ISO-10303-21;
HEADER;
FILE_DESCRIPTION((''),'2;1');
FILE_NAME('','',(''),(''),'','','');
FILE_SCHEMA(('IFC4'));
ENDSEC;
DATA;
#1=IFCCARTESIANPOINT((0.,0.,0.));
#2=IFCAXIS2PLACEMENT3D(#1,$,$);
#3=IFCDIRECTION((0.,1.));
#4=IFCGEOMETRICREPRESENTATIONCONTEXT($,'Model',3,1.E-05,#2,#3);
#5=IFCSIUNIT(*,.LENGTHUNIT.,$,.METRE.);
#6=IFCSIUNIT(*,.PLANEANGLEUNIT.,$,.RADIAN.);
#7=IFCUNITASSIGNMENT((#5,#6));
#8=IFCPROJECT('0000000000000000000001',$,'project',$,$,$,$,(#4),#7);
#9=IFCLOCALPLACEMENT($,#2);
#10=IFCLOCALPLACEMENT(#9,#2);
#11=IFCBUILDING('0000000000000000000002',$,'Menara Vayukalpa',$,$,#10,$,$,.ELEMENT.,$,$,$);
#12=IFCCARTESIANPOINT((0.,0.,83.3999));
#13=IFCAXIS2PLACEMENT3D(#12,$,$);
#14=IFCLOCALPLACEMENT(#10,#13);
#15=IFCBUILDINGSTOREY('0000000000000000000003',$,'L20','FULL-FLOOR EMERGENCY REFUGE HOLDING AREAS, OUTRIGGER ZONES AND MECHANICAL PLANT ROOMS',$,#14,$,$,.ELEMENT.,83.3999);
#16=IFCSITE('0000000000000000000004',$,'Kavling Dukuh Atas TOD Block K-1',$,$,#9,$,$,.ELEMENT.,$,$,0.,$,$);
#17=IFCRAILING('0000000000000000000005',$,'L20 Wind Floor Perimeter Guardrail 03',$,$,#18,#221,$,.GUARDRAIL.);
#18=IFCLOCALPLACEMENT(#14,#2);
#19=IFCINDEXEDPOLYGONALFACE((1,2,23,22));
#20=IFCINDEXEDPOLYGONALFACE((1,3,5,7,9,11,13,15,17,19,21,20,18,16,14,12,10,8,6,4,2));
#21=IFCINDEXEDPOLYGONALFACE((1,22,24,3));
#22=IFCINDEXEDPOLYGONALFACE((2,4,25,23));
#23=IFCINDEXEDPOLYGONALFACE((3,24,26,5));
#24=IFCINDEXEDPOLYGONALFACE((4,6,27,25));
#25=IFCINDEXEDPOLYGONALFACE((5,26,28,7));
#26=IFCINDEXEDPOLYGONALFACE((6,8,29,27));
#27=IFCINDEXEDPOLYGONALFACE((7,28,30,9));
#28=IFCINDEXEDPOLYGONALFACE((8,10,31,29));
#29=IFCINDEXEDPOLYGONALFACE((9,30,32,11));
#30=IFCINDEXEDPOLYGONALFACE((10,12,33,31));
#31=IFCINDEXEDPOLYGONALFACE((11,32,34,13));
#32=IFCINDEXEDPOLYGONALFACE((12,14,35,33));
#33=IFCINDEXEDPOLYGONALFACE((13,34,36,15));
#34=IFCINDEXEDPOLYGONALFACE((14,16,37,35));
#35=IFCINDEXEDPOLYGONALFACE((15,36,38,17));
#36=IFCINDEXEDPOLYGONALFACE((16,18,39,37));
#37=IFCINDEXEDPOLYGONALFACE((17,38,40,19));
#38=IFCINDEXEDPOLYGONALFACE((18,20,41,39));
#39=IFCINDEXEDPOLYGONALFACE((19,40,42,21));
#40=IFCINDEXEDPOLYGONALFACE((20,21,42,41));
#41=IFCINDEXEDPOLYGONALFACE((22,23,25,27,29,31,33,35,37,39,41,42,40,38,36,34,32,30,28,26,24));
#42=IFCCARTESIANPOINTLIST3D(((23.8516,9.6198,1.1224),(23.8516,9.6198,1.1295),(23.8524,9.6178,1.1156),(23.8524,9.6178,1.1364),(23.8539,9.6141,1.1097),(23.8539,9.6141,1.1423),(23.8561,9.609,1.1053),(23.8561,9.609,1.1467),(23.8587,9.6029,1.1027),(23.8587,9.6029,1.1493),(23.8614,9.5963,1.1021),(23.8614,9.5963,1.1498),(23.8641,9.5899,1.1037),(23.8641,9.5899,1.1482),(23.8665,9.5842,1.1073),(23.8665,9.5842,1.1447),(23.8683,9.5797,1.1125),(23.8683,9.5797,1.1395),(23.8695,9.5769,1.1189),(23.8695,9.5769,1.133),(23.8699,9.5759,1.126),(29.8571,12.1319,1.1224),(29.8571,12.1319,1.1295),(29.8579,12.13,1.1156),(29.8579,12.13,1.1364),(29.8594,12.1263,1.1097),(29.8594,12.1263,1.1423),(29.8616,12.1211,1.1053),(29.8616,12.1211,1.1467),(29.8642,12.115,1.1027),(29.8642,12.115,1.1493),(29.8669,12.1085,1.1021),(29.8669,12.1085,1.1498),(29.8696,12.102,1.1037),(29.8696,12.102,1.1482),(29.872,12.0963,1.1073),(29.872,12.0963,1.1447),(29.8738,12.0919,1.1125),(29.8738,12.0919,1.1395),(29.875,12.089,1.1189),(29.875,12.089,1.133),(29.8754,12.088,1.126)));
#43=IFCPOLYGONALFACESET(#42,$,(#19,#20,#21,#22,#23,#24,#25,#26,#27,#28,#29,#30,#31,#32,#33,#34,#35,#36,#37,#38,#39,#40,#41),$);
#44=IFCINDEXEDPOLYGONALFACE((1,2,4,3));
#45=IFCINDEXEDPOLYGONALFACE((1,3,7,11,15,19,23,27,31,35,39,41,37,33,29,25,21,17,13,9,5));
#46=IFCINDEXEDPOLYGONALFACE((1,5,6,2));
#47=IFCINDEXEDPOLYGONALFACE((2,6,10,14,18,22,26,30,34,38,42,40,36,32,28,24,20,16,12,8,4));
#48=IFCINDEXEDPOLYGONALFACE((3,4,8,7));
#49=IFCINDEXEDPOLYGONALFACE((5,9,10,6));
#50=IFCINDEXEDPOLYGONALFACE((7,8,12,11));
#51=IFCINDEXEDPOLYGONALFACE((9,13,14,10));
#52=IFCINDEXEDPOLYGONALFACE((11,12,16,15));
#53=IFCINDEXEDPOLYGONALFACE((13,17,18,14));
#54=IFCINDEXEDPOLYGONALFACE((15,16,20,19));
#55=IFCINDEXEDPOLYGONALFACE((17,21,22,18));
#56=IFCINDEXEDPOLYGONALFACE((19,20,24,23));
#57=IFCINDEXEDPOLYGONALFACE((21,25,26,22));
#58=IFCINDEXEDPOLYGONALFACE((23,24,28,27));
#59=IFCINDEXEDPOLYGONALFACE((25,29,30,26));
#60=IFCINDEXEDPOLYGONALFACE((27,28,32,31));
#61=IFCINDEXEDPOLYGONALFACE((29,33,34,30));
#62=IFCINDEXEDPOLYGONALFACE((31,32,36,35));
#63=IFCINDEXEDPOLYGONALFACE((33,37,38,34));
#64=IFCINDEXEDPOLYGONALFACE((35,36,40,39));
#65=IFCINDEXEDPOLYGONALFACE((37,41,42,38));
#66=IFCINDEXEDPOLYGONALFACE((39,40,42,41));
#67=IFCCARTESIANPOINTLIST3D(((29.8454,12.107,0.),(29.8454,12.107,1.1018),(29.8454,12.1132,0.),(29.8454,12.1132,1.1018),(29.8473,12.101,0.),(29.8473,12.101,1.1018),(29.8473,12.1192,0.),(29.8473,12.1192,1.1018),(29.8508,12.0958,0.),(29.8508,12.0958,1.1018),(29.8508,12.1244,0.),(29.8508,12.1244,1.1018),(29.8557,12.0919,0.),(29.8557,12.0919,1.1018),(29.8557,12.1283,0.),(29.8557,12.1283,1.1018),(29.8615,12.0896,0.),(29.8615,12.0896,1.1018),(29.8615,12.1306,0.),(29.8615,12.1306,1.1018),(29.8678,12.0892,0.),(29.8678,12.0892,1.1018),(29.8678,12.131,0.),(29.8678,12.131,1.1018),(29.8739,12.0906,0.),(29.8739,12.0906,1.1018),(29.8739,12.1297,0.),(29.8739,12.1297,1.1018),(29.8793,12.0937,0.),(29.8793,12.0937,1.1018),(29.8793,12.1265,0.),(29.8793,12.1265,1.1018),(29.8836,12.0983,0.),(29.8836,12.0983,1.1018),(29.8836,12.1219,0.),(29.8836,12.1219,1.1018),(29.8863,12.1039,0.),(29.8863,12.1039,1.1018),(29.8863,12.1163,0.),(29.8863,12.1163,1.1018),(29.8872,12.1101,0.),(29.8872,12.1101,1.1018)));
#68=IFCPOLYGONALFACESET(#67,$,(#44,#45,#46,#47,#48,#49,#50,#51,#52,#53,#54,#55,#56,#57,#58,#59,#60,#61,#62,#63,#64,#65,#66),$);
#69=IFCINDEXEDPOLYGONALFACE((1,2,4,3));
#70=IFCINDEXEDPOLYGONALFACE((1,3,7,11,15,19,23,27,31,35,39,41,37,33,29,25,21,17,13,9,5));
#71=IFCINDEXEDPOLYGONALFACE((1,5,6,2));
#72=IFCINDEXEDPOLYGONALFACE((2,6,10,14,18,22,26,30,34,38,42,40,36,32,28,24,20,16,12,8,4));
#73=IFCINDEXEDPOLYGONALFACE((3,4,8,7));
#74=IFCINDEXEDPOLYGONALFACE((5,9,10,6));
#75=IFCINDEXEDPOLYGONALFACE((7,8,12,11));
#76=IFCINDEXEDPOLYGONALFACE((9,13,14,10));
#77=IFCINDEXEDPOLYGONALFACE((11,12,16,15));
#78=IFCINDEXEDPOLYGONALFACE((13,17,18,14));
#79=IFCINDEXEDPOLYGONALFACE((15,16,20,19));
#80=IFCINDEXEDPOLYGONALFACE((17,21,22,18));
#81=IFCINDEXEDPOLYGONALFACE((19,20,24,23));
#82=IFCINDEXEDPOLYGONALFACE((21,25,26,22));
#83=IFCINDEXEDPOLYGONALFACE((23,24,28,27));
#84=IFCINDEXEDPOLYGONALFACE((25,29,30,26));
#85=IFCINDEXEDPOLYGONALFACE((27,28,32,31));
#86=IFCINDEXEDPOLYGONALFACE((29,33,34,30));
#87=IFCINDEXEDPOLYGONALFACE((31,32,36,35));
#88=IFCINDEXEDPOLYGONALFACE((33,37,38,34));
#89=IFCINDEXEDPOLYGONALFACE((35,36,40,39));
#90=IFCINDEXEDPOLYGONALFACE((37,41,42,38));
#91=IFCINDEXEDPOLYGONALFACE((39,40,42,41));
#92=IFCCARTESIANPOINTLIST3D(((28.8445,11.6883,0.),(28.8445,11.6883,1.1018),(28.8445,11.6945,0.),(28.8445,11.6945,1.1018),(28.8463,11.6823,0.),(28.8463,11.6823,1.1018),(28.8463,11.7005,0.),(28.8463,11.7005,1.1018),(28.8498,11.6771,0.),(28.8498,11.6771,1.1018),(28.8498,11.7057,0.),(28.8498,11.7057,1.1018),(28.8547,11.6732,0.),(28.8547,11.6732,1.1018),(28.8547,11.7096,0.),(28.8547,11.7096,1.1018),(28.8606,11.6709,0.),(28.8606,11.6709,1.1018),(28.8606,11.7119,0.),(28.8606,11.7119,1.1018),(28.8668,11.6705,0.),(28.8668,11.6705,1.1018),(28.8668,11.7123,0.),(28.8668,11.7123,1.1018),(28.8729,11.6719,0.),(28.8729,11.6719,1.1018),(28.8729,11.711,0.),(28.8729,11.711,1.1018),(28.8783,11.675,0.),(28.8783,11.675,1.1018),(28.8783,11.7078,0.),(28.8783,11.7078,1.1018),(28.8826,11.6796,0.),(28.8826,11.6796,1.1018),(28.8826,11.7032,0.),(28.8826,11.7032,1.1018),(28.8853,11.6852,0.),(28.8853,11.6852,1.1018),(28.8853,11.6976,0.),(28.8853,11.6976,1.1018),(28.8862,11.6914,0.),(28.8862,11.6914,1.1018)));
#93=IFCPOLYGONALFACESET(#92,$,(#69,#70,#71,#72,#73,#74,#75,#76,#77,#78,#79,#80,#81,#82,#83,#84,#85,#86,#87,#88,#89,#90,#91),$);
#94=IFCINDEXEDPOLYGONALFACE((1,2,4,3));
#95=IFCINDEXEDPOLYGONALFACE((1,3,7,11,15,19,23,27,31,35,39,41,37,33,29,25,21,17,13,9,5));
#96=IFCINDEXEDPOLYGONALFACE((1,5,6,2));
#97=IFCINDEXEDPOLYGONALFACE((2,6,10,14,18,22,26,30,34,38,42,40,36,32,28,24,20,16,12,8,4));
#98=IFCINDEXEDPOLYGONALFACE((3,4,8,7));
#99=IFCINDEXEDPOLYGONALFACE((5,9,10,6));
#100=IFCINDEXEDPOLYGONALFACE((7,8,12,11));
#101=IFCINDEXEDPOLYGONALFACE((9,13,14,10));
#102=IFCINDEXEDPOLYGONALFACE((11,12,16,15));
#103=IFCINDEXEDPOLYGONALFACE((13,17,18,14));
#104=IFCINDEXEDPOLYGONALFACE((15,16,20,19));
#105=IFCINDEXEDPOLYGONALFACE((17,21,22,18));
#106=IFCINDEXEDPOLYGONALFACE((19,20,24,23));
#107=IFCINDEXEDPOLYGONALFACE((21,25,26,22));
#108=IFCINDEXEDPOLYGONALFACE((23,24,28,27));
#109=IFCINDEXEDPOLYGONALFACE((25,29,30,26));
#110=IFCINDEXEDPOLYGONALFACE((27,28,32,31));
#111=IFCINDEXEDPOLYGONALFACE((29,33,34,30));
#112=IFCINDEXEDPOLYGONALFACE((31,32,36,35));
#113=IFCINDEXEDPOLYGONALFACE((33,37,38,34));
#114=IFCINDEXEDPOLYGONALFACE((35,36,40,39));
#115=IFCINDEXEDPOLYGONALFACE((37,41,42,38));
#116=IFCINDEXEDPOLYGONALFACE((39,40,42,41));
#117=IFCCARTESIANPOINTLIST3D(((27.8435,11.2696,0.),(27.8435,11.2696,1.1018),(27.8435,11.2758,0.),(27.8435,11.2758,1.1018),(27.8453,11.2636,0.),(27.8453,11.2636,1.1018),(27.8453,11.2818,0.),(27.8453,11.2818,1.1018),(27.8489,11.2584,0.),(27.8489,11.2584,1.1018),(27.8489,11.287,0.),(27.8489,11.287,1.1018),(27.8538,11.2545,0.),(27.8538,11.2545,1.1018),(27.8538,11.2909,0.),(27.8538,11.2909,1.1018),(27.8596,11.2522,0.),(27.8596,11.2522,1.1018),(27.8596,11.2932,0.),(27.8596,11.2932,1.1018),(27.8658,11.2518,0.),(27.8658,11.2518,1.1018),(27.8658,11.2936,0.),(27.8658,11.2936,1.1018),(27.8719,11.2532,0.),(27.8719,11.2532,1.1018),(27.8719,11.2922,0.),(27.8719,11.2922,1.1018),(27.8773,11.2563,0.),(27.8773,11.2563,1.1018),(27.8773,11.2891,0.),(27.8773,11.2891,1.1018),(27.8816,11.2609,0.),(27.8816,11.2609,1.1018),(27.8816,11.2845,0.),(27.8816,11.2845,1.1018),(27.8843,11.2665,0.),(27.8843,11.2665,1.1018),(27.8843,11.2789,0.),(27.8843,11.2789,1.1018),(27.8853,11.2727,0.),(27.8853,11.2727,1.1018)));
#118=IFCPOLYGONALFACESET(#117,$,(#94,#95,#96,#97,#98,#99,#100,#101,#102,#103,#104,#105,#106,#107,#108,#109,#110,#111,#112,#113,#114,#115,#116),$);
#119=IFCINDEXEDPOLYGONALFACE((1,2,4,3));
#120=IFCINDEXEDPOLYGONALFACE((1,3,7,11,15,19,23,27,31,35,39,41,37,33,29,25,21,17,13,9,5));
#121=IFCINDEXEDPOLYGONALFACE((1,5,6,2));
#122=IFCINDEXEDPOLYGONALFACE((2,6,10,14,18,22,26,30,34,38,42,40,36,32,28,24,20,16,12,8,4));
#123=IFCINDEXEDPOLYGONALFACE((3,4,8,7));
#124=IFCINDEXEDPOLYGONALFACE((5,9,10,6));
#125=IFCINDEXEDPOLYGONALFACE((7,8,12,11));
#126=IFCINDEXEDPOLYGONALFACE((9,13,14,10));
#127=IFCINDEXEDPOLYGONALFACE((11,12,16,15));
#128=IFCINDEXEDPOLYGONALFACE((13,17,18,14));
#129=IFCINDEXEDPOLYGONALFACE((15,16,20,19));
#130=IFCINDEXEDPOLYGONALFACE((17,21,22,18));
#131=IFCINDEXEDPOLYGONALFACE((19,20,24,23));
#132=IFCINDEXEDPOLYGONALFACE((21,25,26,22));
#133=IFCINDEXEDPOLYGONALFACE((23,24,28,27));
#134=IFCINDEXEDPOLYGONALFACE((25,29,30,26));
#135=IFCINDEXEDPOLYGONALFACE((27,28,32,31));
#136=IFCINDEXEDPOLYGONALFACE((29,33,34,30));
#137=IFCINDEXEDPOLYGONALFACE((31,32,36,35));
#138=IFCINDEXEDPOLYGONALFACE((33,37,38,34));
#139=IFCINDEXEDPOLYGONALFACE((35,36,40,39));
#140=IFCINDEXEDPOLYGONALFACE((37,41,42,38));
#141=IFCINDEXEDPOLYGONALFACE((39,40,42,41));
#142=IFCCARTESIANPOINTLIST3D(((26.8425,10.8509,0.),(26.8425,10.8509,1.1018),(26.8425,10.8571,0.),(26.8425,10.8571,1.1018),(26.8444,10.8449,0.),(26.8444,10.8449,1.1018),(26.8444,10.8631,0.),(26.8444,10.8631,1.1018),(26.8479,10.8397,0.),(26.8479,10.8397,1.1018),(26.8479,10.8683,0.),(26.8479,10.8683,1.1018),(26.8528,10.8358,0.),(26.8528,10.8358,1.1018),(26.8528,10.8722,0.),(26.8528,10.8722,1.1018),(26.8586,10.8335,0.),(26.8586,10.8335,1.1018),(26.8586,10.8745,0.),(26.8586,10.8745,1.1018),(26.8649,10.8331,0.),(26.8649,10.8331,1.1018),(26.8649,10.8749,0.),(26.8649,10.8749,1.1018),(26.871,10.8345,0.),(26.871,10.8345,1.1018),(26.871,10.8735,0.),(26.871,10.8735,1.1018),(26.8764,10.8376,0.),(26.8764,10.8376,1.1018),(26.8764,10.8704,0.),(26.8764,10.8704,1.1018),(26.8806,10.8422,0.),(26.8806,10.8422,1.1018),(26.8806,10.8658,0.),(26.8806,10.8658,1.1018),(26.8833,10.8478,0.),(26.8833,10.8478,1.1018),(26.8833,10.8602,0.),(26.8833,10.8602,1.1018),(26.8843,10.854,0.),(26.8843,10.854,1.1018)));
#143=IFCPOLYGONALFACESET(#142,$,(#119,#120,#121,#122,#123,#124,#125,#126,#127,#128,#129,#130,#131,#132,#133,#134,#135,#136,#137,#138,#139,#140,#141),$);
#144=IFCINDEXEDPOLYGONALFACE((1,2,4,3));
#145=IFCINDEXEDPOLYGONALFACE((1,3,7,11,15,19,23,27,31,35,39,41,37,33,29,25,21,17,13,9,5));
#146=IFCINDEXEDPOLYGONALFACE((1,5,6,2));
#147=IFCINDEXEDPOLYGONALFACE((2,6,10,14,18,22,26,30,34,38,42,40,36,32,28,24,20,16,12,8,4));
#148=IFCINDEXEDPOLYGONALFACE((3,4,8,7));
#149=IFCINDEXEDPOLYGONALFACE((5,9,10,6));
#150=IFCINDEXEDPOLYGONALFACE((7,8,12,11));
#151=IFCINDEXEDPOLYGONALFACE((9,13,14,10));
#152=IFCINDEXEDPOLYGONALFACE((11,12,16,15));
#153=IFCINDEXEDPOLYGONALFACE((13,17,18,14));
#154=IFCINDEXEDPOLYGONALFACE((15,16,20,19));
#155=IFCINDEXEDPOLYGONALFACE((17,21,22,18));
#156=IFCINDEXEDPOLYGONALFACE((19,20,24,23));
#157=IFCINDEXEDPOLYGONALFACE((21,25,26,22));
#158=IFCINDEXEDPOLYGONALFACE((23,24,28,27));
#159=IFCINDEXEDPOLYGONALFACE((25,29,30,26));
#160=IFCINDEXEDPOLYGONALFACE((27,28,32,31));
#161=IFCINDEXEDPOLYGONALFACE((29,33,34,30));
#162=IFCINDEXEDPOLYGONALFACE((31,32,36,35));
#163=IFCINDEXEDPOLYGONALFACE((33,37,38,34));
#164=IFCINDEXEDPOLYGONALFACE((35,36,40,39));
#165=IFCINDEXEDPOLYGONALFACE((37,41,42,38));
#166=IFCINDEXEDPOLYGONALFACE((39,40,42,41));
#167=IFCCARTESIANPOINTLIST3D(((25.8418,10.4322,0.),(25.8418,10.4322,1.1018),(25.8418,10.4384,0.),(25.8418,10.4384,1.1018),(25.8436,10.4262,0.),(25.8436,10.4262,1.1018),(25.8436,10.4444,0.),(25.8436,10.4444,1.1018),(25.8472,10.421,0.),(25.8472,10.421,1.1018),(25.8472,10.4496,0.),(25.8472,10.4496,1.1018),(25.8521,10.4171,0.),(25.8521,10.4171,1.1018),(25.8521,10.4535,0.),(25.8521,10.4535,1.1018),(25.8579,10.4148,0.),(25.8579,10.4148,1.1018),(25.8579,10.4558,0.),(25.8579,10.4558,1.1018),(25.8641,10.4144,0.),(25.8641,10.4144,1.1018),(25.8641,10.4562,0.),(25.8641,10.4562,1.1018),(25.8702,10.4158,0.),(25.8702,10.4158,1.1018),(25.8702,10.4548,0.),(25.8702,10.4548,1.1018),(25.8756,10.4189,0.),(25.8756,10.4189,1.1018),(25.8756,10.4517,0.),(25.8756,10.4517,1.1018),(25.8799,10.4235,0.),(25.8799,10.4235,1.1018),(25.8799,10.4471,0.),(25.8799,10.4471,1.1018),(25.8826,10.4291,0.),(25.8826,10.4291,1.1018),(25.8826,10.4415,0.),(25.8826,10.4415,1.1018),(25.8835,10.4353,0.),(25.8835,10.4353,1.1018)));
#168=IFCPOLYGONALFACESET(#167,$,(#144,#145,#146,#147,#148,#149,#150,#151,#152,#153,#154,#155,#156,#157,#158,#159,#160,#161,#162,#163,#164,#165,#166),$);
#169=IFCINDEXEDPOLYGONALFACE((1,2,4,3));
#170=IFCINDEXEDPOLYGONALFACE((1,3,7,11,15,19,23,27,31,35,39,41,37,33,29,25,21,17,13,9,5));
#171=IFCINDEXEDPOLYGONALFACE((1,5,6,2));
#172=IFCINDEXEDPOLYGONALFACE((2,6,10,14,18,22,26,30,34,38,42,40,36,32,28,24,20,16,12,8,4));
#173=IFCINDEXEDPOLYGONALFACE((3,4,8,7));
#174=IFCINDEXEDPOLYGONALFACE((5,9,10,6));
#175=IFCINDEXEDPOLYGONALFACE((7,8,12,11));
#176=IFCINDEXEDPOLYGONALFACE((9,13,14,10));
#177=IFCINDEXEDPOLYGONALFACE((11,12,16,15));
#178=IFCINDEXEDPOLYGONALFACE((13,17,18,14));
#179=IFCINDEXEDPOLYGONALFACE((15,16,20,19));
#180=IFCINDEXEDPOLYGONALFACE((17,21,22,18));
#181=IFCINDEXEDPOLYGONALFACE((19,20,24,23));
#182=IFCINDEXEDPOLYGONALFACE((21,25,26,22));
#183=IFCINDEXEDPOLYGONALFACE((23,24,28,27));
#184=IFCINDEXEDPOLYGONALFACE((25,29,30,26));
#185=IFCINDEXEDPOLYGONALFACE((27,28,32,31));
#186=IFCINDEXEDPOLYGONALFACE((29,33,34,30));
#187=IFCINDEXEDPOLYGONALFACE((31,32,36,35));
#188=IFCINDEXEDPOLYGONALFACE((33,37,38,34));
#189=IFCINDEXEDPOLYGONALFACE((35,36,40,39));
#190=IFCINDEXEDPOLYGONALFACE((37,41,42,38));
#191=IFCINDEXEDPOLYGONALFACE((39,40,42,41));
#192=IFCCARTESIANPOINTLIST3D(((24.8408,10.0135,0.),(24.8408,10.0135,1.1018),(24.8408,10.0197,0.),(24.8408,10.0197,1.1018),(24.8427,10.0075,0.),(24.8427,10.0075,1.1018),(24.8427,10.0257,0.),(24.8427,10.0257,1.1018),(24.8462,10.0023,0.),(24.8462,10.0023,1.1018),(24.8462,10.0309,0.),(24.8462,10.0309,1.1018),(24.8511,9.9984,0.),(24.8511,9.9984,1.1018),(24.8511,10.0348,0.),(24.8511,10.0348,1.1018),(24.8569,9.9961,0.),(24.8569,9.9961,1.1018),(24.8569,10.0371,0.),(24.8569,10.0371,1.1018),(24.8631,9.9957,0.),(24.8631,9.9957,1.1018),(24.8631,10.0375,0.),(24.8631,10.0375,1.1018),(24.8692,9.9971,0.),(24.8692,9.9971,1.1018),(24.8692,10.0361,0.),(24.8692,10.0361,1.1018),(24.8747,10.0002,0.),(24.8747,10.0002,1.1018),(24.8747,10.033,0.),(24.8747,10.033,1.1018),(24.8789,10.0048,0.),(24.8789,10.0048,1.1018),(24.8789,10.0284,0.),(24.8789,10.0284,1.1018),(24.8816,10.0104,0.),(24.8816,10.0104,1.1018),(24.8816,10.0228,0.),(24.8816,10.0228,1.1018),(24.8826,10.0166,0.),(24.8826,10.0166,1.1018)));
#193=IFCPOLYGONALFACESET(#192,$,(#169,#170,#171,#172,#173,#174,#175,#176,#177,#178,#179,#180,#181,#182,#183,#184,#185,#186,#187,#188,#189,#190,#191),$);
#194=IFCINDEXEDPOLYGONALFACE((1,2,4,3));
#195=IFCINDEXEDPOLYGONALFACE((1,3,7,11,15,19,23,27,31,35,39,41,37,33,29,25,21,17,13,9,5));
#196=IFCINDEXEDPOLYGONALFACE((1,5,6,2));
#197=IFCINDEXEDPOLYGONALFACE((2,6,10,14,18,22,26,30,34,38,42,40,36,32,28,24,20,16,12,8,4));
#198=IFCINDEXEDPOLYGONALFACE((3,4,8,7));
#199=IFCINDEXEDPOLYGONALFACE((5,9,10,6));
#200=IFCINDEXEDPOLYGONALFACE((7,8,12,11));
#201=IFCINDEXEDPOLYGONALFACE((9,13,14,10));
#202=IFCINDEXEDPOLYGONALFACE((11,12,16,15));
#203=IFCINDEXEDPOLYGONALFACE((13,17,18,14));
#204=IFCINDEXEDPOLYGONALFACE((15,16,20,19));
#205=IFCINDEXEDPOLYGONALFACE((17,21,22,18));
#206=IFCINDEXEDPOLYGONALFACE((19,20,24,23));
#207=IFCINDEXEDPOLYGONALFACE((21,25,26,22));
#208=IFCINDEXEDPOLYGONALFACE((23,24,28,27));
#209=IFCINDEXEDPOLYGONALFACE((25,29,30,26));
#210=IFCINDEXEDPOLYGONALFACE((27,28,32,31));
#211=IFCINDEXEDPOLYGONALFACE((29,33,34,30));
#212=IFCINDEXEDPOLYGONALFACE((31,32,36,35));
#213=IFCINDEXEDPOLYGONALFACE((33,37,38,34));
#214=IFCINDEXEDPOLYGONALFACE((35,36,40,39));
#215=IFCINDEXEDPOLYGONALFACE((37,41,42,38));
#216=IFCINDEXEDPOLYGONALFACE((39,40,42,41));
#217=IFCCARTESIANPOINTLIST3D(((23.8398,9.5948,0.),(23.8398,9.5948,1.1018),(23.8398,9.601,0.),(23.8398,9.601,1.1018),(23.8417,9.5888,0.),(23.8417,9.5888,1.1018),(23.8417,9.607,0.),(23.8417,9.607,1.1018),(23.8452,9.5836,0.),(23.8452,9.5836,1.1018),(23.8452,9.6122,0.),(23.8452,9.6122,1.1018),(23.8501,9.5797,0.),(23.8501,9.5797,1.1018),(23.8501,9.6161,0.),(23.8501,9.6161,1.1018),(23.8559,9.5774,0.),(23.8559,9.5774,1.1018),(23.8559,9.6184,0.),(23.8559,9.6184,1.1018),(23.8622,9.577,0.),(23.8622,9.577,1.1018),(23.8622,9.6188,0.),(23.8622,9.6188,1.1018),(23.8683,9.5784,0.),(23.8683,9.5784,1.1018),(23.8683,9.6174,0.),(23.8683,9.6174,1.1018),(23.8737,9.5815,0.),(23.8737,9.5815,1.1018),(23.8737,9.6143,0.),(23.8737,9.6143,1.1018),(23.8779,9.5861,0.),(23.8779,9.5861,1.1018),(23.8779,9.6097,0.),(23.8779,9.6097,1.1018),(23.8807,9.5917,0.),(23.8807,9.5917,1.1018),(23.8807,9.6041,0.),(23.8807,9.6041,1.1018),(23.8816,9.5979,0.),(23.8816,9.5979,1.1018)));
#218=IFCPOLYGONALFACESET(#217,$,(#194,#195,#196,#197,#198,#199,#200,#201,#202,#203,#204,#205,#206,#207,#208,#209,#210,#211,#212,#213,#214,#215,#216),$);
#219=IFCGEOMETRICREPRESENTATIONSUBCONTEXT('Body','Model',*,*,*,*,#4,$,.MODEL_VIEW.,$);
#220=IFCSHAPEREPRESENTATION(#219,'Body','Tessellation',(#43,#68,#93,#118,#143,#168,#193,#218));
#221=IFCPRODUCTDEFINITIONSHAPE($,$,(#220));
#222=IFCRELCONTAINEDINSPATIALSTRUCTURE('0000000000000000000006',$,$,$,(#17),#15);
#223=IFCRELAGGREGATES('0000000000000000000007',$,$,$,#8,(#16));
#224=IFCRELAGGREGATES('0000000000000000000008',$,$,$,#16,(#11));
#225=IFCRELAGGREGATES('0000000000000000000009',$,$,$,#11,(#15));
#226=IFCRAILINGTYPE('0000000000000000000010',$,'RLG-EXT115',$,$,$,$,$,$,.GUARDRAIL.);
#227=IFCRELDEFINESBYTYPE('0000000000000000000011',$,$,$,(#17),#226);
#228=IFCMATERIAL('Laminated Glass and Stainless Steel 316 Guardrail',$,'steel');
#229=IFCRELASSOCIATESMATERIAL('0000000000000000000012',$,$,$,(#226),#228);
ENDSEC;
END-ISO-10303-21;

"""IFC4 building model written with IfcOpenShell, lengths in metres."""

from ifc_helpers import new_model, si_unit, direction, frame, origin, origin_2d, place, context, subcontext, project, spatial, circle, extrude, material, type_object, element, save


model = new_model("IFC4")

# Units and contexts
model_context = context("Model", 3, precision=1e-05, world=origin(), true_north=direction((0.0, 1.0)))
body_context = subcontext(model_context, "Body", "Model", "MODEL_VIEW")
ifc_project = project(units=[si_unit("LENGTHUNIT", "METRE"), si_unit("PLANEANGLEUNIT", "RADIAN")], contexts=[model_context])

# Site, building, storey
site_placement = place(None, origin())
site = spatial("IfcSite", under=ifc_project, at=site_placement, Name="Kavling Dukuh Atas TOD Block K-1", CompositionType="ELEMENT", RefElevation=0.0)
building_placement = place(site_placement, origin())
building = spatial("IfcBuilding", under=site, at=building_placement, Name="Menara Vayukalpa", CompositionType="ELEMENT")
storey_placement = place(building_placement, frame((0.0, 0.0, 83.3999)))
storey = spatial("IfcBuildingStorey", under=building, at=storey_placement, Name="L20", Description="FULL-FLOOR EMERGENCY REFUGE HOLDING AREAS, OUTRIGGER ZONES AND MECHANICAL PLANT ROOMS", CompositionType="ELEMENT", Elevation=83.3999)

# Railing
ifc_material_1 = material(Name="Laminated Glass and Stainless Steel 316 Guardrail", Category="steel")
railing_type = type_object("IfcRailingType", Name="RLG-EXT115", PredefinedType="GUARDRAIL", material=ifc_material_1)
railing_1_placement = place(storey_placement, frame((29.8662, 12.1101, 0.0)))
element("IfcRailing", 1, at=railing_1_placement, inside=storey, type_object=railing_type, Name="L20 Wind Floor Perimeter Guardrail 03", PredefinedType="GUARDRAIL", context=body_context, shape_type="SweptSolid", body=[
    extrude(circle(Radius=0.0239, at=origin_2d()), frame((0.0, 0.0, 1.126), z_axis=(-0.922538, -0.385907, 0.0), x_axis=(0.385907, -0.922538, 0.0)), (0.0, 0.0, 1.0), 6.5098),
    extrude(circle(Radius=0.021, at=origin_2d()), origin(), (0.0, 0.0, 1.0), 1.1018),
    extrude(circle(Radius=0.021, at=origin_2d()), frame((-1.001, -0.4187, 0.0)), (0.0, 0.0, 1.0), 1.1018),
    extrude(circle(Radius=0.021, at=origin_2d()), frame((-2.002, -0.8374, 0.0)), (0.0, 0.0, 1.0), 1.1018),
    extrude(circle(Radius=0.021, at=origin_2d()), frame((-3.0029, -1.2561, 0.0)), (0.0, 0.0, 1.0), 1.1018),
    extrude(circle(Radius=0.021, at=origin_2d()), frame((-4.0037, -1.6748, 0.0)), (0.0, 0.0, 1.0), 1.1018),
    extrude(circle(Radius=0.021, at=origin_2d()), frame((-5.0046, -2.0935, 0.0)), (0.0, 0.0, 1.0), 1.1018),
    extrude(circle(Radius=0.021, at=origin_2d()), frame((-6.0056, -2.5122, 0.0)), (0.0, 0.0, 1.0), 1.1018),
])

save(model, "model.ifc")
